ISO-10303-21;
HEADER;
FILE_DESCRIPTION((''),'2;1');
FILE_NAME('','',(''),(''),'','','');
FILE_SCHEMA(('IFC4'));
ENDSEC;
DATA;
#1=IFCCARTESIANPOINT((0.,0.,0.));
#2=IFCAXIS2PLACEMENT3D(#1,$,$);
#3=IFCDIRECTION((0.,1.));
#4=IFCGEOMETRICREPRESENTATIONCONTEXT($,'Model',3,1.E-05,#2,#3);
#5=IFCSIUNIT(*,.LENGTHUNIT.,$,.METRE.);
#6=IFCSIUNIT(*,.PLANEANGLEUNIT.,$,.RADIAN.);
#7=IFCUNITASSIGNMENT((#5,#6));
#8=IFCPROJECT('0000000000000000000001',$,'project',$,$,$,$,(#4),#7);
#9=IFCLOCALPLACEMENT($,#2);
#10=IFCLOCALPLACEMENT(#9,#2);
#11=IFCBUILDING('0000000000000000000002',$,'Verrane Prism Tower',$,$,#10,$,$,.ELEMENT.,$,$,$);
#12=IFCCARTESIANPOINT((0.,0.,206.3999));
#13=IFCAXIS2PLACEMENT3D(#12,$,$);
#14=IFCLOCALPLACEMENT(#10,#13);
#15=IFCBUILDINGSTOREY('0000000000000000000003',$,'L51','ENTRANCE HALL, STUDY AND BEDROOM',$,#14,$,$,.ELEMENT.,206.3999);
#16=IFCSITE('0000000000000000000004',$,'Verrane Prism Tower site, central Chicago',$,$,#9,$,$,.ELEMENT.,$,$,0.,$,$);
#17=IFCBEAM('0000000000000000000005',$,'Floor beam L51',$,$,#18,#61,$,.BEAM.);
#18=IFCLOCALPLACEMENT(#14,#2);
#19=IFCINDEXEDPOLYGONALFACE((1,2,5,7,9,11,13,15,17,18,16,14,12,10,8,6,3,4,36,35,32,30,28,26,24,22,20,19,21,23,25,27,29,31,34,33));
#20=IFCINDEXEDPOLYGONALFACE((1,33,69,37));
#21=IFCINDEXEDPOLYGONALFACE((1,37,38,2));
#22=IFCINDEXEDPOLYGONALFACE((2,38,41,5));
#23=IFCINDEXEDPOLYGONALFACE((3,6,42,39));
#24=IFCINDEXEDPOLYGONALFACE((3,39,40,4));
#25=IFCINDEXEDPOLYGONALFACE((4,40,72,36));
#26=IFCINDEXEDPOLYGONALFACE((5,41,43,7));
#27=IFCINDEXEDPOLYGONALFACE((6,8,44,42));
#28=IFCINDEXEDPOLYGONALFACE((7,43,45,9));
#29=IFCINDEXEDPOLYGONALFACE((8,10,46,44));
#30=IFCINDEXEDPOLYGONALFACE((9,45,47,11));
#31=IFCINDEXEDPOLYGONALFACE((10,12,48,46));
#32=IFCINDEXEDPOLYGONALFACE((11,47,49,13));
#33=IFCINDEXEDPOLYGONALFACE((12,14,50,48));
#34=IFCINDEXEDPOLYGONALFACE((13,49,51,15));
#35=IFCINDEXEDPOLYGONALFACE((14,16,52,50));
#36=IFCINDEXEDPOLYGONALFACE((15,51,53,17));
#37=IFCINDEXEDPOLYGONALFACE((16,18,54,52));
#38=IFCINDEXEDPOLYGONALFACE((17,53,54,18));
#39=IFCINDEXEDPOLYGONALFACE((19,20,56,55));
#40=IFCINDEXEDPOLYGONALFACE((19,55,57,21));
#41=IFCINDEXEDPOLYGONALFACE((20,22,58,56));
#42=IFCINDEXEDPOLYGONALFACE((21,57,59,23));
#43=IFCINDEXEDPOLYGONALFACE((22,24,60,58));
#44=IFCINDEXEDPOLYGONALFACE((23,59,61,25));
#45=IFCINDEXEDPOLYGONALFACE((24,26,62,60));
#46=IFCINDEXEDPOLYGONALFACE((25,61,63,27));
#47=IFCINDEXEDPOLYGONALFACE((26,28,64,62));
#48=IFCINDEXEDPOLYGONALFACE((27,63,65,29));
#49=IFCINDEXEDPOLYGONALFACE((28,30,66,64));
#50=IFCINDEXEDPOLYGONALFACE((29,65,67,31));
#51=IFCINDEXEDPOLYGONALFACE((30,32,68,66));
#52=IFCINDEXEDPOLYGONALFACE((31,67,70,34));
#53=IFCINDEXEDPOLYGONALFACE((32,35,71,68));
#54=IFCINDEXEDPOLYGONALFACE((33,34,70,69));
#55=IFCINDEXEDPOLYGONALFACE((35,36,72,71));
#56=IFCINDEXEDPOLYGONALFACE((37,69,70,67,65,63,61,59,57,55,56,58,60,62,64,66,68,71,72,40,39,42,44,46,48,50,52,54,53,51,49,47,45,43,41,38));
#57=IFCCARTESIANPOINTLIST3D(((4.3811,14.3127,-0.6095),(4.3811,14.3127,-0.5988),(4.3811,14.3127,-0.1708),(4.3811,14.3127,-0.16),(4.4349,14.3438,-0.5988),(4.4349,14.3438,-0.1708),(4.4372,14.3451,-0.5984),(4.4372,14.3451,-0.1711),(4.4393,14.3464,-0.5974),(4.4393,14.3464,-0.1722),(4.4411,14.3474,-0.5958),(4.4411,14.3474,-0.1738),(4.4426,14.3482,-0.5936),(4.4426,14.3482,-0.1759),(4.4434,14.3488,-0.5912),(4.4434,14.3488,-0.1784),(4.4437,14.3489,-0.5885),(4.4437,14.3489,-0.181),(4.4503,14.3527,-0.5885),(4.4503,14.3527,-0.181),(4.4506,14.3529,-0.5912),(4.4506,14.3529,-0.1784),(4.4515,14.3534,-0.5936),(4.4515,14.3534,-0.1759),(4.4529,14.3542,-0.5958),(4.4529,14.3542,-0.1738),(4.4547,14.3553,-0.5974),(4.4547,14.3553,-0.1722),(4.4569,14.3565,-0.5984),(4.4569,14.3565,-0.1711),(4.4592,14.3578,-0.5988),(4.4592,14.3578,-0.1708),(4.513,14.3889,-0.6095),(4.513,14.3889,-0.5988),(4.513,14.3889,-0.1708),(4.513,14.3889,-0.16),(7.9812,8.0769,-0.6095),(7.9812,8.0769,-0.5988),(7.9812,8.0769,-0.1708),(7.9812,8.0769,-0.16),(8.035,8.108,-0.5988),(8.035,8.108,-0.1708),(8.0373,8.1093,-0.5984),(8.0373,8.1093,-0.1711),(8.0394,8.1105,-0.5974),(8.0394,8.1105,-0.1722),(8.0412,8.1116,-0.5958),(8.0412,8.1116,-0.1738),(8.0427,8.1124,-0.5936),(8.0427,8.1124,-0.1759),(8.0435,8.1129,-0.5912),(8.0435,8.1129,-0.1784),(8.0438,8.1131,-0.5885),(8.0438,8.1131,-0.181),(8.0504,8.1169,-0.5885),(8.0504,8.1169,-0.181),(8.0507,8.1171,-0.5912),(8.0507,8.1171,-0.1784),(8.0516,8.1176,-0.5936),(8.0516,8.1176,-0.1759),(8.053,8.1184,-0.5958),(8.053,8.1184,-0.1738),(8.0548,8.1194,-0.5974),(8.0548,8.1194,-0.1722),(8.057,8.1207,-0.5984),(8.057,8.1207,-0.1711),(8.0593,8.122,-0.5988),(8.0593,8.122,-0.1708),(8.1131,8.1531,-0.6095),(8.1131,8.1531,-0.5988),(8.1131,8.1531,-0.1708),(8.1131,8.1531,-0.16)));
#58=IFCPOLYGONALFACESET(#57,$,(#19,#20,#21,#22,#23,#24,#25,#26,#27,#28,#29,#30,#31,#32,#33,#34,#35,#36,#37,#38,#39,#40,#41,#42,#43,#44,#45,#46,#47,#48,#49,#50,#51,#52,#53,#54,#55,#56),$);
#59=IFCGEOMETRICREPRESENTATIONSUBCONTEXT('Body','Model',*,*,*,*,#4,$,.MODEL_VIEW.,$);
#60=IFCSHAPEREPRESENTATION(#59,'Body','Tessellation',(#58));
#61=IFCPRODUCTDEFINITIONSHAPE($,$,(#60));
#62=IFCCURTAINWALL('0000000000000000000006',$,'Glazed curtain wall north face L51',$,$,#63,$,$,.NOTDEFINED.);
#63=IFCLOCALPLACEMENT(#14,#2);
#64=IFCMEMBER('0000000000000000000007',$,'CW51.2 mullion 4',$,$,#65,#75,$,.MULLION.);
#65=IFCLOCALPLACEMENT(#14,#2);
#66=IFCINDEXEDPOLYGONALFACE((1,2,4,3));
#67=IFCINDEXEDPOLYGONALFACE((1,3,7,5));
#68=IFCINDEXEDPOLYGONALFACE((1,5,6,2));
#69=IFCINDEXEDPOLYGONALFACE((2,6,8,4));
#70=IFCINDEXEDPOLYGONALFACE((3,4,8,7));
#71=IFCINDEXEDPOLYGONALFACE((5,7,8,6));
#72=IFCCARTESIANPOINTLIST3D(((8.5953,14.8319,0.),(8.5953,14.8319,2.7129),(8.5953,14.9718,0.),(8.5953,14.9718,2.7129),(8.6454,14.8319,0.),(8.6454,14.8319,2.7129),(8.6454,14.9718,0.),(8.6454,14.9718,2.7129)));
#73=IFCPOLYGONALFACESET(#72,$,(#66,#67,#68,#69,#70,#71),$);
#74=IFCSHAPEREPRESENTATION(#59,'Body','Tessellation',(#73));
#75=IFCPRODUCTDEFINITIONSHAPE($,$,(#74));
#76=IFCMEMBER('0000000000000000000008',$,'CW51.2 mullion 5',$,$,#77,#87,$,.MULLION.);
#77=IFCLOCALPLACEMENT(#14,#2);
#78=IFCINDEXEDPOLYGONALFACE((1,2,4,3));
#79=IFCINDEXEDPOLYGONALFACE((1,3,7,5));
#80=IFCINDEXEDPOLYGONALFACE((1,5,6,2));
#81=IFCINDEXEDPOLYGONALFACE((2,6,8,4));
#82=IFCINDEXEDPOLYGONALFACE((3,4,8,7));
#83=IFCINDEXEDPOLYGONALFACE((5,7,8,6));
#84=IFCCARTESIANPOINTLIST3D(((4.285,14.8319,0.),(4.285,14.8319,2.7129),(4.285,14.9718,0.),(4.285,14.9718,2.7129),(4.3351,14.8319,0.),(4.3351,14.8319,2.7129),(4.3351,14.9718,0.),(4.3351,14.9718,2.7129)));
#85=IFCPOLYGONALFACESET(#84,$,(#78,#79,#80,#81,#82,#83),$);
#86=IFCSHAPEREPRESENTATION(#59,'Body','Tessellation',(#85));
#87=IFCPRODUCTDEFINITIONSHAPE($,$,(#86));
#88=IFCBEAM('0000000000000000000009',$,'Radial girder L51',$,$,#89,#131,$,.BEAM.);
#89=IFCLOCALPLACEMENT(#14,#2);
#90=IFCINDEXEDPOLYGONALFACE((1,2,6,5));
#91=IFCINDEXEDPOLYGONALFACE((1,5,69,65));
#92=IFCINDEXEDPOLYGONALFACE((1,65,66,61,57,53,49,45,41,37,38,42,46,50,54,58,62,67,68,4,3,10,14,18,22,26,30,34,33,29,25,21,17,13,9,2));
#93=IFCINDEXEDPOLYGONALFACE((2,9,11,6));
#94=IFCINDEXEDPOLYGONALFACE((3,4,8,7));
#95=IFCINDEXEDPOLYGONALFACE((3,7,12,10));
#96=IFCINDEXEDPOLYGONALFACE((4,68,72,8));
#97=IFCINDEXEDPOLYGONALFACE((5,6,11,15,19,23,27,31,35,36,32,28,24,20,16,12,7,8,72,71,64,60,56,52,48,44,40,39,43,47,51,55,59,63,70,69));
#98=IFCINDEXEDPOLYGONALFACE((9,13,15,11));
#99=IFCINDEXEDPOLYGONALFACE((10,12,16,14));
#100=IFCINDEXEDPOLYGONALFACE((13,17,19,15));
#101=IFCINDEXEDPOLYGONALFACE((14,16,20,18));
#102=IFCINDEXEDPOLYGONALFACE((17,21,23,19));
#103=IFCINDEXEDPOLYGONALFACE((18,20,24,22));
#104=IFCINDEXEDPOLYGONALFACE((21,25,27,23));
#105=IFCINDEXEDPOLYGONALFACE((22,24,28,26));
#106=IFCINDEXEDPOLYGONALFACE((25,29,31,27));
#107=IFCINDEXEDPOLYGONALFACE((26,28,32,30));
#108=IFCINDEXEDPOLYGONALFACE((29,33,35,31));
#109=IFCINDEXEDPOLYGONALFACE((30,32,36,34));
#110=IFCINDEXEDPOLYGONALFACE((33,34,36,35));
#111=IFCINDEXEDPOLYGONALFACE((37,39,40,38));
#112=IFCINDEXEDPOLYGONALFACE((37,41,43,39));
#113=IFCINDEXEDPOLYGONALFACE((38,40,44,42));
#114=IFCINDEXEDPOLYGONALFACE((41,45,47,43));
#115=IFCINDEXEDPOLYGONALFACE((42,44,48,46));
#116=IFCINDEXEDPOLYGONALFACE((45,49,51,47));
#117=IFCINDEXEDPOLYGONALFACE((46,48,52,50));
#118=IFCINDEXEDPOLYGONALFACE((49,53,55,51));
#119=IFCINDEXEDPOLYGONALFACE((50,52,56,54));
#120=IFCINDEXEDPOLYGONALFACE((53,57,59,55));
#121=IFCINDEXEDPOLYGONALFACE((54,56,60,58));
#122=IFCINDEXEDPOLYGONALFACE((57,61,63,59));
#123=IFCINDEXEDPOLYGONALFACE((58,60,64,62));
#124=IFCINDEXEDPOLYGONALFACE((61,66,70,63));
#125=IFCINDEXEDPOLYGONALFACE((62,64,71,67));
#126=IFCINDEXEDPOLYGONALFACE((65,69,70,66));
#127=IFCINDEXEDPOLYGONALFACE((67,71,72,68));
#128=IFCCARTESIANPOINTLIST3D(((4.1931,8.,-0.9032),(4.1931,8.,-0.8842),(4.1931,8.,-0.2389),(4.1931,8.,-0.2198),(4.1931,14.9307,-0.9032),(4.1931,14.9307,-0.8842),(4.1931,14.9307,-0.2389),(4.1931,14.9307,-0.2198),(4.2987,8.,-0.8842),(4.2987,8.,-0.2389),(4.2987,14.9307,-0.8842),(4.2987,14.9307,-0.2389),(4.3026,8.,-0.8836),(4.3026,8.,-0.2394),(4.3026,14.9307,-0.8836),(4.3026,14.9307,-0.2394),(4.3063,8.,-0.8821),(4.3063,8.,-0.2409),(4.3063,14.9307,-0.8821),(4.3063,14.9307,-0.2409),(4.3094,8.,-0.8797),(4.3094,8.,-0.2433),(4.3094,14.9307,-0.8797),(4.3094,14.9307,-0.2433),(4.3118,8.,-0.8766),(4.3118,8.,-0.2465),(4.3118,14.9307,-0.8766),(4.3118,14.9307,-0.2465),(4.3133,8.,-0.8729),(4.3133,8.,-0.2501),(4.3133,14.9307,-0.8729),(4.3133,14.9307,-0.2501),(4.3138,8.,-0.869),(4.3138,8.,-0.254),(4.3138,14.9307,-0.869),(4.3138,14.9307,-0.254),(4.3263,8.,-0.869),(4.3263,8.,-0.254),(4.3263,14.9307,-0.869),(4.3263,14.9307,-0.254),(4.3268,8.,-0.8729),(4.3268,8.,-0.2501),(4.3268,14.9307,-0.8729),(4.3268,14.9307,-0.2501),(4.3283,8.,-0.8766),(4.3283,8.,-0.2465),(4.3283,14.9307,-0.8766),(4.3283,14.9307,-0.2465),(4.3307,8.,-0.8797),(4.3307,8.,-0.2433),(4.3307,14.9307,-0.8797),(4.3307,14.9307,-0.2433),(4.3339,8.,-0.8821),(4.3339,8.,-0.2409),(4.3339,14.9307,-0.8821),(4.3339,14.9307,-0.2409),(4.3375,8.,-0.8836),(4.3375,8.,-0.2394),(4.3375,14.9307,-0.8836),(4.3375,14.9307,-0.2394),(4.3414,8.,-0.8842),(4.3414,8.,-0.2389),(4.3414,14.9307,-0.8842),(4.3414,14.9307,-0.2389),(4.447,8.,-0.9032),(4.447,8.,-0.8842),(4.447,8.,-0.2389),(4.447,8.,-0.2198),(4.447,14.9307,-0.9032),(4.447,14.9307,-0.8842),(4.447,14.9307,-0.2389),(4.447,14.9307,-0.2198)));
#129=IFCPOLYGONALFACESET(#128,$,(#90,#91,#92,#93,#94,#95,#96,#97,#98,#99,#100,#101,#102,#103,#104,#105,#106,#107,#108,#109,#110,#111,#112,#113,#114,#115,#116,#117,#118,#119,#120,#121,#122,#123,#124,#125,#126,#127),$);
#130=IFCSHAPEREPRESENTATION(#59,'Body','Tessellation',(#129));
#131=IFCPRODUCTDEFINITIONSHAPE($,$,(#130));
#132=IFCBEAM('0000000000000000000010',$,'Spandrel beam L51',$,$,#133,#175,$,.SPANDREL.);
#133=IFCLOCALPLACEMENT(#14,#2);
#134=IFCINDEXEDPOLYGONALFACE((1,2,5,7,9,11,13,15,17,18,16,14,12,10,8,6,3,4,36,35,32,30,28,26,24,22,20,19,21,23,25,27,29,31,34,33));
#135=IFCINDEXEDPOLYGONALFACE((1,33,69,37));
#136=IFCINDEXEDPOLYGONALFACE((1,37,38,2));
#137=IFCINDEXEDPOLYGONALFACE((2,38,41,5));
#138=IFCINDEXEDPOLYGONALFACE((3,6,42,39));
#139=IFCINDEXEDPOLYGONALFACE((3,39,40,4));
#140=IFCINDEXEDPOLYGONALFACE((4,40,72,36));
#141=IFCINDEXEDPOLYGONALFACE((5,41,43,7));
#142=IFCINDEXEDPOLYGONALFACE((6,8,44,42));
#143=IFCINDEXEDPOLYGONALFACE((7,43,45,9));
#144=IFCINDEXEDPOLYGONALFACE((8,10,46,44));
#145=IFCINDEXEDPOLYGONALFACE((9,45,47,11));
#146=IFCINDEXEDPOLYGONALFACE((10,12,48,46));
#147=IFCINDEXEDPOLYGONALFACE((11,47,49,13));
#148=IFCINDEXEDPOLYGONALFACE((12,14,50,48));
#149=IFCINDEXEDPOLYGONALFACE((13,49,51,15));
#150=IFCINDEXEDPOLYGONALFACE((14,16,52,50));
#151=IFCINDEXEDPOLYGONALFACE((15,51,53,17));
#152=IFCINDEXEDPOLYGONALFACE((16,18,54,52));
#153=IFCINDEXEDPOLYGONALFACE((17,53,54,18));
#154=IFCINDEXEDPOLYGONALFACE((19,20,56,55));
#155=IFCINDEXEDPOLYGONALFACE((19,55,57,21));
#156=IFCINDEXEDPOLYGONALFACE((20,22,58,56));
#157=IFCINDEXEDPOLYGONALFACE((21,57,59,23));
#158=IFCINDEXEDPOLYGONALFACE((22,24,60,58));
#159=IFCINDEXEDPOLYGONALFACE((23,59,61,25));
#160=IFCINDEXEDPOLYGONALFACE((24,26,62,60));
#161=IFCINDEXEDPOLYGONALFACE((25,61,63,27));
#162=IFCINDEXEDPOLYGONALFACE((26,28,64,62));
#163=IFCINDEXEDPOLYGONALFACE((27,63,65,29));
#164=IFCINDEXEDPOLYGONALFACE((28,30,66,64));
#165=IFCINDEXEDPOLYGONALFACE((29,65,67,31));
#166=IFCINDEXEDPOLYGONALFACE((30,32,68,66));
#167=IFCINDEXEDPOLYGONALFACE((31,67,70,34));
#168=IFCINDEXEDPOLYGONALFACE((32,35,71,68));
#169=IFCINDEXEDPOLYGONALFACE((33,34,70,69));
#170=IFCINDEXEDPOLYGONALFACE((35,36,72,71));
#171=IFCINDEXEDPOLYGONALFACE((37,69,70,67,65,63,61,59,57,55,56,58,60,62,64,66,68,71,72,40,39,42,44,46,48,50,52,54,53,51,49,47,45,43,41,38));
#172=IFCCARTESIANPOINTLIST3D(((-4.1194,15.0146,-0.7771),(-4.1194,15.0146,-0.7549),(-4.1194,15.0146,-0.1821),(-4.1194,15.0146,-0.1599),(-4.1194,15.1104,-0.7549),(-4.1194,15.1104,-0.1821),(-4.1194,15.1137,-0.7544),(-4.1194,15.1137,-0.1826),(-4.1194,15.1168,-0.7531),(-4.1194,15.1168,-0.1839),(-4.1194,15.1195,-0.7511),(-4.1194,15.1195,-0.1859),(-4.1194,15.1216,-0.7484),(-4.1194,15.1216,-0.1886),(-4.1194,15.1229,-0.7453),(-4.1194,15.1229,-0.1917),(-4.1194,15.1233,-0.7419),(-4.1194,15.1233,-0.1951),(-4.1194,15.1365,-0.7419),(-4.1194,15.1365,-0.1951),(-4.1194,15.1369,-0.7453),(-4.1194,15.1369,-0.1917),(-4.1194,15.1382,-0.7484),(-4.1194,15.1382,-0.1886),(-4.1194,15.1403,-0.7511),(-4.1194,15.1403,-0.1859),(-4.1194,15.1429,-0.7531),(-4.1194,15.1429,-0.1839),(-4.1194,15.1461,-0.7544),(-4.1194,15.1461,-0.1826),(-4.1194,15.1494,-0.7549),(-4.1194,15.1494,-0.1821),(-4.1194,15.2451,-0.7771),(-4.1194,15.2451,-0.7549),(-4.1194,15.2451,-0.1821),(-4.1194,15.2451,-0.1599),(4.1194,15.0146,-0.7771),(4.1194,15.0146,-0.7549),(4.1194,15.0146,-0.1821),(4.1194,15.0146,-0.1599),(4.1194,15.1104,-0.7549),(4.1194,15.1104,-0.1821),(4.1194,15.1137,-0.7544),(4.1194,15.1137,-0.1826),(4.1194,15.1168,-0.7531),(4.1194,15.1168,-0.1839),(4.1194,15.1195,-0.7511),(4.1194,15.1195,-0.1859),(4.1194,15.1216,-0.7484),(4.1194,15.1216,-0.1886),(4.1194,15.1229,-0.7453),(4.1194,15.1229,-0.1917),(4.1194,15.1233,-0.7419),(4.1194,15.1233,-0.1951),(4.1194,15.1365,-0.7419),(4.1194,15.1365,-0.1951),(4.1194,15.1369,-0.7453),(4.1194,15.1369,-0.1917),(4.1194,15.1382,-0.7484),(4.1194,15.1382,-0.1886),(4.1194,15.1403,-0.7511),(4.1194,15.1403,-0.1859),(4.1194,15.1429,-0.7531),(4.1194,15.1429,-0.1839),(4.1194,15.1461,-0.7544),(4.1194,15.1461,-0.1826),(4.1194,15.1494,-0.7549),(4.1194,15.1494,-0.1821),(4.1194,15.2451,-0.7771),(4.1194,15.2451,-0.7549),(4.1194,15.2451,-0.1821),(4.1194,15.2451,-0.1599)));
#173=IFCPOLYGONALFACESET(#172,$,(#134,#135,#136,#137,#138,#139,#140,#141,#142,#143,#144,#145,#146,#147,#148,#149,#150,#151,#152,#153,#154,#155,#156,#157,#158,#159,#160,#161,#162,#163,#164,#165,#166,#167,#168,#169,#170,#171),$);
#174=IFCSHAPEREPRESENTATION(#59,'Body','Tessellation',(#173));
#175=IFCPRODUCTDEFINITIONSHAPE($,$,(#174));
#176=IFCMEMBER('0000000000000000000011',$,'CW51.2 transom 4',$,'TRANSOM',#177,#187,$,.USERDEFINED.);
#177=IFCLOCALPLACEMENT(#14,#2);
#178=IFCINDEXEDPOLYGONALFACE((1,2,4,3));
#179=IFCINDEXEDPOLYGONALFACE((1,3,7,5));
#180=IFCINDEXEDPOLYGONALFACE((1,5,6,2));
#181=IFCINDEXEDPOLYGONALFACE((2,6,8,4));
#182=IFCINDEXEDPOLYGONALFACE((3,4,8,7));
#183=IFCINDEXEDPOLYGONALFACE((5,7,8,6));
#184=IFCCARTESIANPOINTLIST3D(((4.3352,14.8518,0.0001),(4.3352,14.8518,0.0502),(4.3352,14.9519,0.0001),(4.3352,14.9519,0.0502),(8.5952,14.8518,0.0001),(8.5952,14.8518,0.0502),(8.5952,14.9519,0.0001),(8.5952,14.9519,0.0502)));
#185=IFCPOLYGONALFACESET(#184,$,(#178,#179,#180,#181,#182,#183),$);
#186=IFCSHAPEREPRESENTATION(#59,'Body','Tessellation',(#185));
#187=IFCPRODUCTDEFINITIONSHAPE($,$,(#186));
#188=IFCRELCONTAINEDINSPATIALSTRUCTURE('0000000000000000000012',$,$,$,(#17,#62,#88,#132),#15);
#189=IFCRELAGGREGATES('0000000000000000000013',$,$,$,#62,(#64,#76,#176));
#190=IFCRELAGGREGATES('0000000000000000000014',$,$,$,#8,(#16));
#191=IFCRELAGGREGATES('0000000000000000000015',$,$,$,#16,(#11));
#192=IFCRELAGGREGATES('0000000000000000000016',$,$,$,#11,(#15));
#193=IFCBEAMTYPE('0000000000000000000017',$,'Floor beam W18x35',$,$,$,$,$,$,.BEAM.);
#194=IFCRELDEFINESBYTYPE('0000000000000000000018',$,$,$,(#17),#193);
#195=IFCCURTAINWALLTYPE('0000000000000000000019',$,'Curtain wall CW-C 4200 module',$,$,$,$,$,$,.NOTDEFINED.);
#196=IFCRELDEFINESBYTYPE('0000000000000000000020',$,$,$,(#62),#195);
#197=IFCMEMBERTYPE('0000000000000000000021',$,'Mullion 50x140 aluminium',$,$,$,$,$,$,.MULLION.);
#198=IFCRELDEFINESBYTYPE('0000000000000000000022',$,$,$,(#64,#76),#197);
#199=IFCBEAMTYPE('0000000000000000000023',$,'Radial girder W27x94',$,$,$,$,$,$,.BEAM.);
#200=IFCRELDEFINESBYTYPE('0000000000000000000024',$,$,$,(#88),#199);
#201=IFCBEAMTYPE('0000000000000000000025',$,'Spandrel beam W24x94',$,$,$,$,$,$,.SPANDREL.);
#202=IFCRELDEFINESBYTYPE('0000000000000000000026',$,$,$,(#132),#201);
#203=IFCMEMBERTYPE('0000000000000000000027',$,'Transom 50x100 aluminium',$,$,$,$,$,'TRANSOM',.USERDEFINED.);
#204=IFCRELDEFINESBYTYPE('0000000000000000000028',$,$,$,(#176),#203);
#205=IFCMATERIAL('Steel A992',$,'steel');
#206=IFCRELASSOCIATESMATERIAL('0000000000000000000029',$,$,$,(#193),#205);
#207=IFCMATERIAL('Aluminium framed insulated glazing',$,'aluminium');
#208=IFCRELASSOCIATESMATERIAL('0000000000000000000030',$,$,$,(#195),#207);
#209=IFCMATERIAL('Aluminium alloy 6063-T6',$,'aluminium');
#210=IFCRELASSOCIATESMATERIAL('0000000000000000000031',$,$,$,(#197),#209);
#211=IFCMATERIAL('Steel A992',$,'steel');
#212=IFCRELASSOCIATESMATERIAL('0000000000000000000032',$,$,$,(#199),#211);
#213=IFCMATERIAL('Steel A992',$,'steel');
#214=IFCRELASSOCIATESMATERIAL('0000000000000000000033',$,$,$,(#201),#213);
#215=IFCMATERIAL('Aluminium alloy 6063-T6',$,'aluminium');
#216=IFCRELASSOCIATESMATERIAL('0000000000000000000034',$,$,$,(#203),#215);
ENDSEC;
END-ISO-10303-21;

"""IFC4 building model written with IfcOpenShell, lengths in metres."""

from ifc_helpers import new_model, si_unit, direction, frame, origin, origin_2d, place, context, subcontext, project, spatial, rectangle, i_section, extrude, material, material_profile, profile_set, type_object, element, aggregate, save


model = new_model("IFC4")

# Units and contexts
model_context = context("Model", 3, precision=1e-05, world=origin(), true_north=direction((0.0, 1.0)))
body_context = subcontext(model_context, "Body", "Model", "MODEL_VIEW")
ifc_project = project(units=[si_unit("LENGTHUNIT", "METRE"), si_unit("PLANEANGLEUNIT", "RADIAN")], contexts=[model_context])

# Site, building, storey
site_placement = place(None, origin())
site = spatial("IfcSite", under=ifc_project, at=site_placement, Name="Verrane Prism Tower site, central Chicago", CompositionType="ELEMENT", RefElevation=0.0)
building_placement = place(site_placement, origin())
building = spatial("IfcBuilding", under=site, at=building_placement, Name="Verrane Prism Tower", CompositionType="ELEMENT")
storey_placement = place(building_placement, frame((0.0, 0.0, 206.3999)))
storey = spatial("IfcBuildingStorey", under=building, at=storey_placement, Name="L51", Description="ENTRANCE HALL, STUDY AND BEDROOM", CompositionType="ELEMENT", Elevation=206.3999)

# Beam
ifc_material_1 = material(Name="Steel A992", Category="steel")
ifc_material_profile_1 = material_profile(ifc_material_1, i_section(OverallWidth=0.1523, OverallDepth=0.4495, WebThickness=0.0076, FlangeThickness=0.0107, FilletRadius=0.0103, at=origin_2d()), Name="W18x35")
ifc_profile_set_1 = profile_set([ifc_material_profile_1], Name="Steel A992")
beam_type_1 = type_object("IfcBeamType", Name="Floor beam W18x35", PredefinedType="BEAM", material=ifc_profile_set_1)
beam_1_placement = place(storey_placement, frame((8.0471, 8.115, -0.3848), z_axis=(-0.499983, 0.866035, 0.0), x_axis=(-0.866035, -0.499983, 0.0)))
element("IfcBeam", 1, at=beam_1_placement, inside=storey, type_object=beam_type_1, Name="Floor beam L51", PredefinedType="BEAM", context=body_context, shape_type="SweptSolid", body=[
    extrude(i_section(OverallWidth=0.1523, OverallDepth=0.4495, WebThickness=0.0076, FlangeThickness=0.0107, FilletRadius=0.0103, at=origin_2d()), origin(), (0.0, 0.0, 1.0), 7.2004),
])

# Curtain wall, members
ifc_material_2 = material(Name="Aluminium framed insulated glazing", Category="aluminium")
curtain_wall_type = type_object("IfcCurtainWallType", Name="Curtain wall CW-C 4200 module", PredefinedType="NOTDEFINED", material=ifc_material_2)
curtain_wall_placement = place(storey_placement, origin())
curtain_wall = element("IfcCurtainWall", 2, at=curtain_wall_placement, inside=storey, type_object=curtain_wall_type, Name="Glazed curtain wall north face L51", PredefinedType="NOTDEFINED")
ifc_material_3 = material(Name="Aluminium alloy 6063-T6", Category="aluminium")
ifc_material_profile_2 = material_profile(ifc_material_3, rectangle(XDim=0.1399, YDim=0.05, at=origin_2d()), Name="Mullion 50x140 aluminium")
ifc_profile_set_2 = profile_set([ifc_material_profile_2], Name="Aluminium alloy 6063-T6")
member_type_1 = type_object("IfcMemberType", Name="Mullion 50x140 aluminium", PredefinedType="MULLION", material=ifc_profile_set_2)
member_1_placement = place(storey_placement, frame((8.6204, 14.9019, 0.0), z_axis=(0.0, 0.0, 1.0), x_axis=(0.0, -1.0, 0.0)))
member_1 = element("IfcMember", 3, at=member_1_placement, type_object=member_type_1, Name="CW51.2 mullion 4", PredefinedType="MULLION", context=body_context, shape_type="SweptSolid", body=[
    extrude(rectangle(XDim=0.1399, YDim=0.05, at=origin_2d()), origin(), (0.0, 0.0, 1.0), 2.7129),
])
member_2_placement = place(storey_placement, frame((4.3101, 14.9019, 0.0), z_axis=(0.0, 0.0, 1.0), x_axis=(0.0, -1.0, 0.0)))
member_2 = element("IfcMember", 4, at=member_2_placement, type_object=member_type_1, Name="CW51.2 mullion 5", PredefinedType="MULLION", context=body_context, shape_type="SweptSolid", body=[
    extrude(rectangle(XDim=0.1399, YDim=0.05, at=origin_2d()), origin(), (0.0, 0.0, 1.0), 2.7129),
])

# Beams
ifc_material_4 = material(Name="Steel A992", Category="steel")
ifc_material_profile_3 = material_profile(ifc_material_4, i_section(OverallWidth=0.2539, OverallDepth=0.6833, WebThickness=0.0125, FlangeThickness=0.019, FilletRadius=0.0151, at=origin_2d()), Name="W27x94")
ifc_profile_set_3 = profile_set([ifc_material_profile_3], Name="Steel A992")
beam_type_2 = type_object("IfcBeamType", Name="Radial girder W27x94", PredefinedType="BEAM", material=ifc_profile_set_3)
beam_2_placement = place(storey_placement, frame((4.3201, 14.9307, -0.5615), z_axis=(0.0, -1.0, 0.0), x_axis=(1.0, 0.0, 0.0)))
element("IfcBeam", 5, at=beam_2_placement, inside=storey, type_object=beam_type_2, Name="Radial girder L51", PredefinedType="BEAM", context=body_context, shape_type="SweptSolid", body=[
    extrude(i_section(OverallWidth=0.2539, OverallDepth=0.6833, WebThickness=0.0125, FlangeThickness=0.019, FilletRadius=0.0151, at=origin_2d()), origin(), (0.0, 0.0, 1.0), 6.9307),
])
ifc_material_5 = material(Name="Steel A992", Category="steel")
ifc_material_profile_4 = material_profile(ifc_material_5, i_section(OverallWidth=0.2305, OverallDepth=0.6172, WebThickness=0.0132, FlangeThickness=0.0222, FilletRadius=0.0129, at=origin_2d()), Name="W24x94")
ifc_profile_set_4 = profile_set([ifc_material_profile_4], Name="Steel A992")
beam_type_3 = type_object("IfcBeamType", Name="Spandrel beam W24x94", PredefinedType="SPANDREL", material=ifc_profile_set_4)
beam_3_placement = place(storey_placement, frame((4.1194, 15.1299, -0.4685), z_axis=(-1.0, 0.0, 0.0), x_axis=(0.0, -1.0, 0.0)))
element("IfcBeam", 6, at=beam_3_placement, inside=storey, type_object=beam_type_3, Name="Spandrel beam L51", PredefinedType="SPANDREL", context=body_context, shape_type="SweptSolid", body=[
    extrude(i_section(OverallWidth=0.2305, OverallDepth=0.6172, WebThickness=0.0132, FlangeThickness=0.0222, FilletRadius=0.0129, at=origin_2d()), origin(), (0.0, 0.0, 1.0), 8.2388),
])

# Member
ifc_material_6 = material(Name="Aluminium alloy 6063-T6", Category="aluminium")
ifc_material_profile_5 = material_profile(ifc_material_6, rectangle(XDim=0.1001, YDim=0.05, at=origin_2d()), Name="Transom 50x100 aluminium")
ifc_profile_set_5 = profile_set([ifc_material_profile_5], Name="Aluminium alloy 6063-T6")
member_type_2 = type_object("IfcMemberType", Name="Transom 50x100 aluminium", ElementType="TRANSOM", PredefinedType="USERDEFINED", material=ifc_profile_set_5)
member_3_placement = place(storey_placement, frame((8.5952, 14.9019, 0.0251), z_axis=(-1.0, 0.0, 0.0), x_axis=(0.0, -1.0, 0.0)))
member_3 = element("IfcMember", 7, at=member_3_placement, type_object=member_type_2, Name="CW51.2 transom 4", ObjectType="TRANSOM", PredefinedType="USERDEFINED", context=body_context, shape_type="SweptSolid", body=[
    extrude(rectangle(XDim=0.1001, YDim=0.05, at=origin_2d()), origin(), (0.0, 0.0, 1.0), 4.26),
])

aggregate(curtain_wall, [member_1, member_2, member_3])

save(model, "model.ifc")
